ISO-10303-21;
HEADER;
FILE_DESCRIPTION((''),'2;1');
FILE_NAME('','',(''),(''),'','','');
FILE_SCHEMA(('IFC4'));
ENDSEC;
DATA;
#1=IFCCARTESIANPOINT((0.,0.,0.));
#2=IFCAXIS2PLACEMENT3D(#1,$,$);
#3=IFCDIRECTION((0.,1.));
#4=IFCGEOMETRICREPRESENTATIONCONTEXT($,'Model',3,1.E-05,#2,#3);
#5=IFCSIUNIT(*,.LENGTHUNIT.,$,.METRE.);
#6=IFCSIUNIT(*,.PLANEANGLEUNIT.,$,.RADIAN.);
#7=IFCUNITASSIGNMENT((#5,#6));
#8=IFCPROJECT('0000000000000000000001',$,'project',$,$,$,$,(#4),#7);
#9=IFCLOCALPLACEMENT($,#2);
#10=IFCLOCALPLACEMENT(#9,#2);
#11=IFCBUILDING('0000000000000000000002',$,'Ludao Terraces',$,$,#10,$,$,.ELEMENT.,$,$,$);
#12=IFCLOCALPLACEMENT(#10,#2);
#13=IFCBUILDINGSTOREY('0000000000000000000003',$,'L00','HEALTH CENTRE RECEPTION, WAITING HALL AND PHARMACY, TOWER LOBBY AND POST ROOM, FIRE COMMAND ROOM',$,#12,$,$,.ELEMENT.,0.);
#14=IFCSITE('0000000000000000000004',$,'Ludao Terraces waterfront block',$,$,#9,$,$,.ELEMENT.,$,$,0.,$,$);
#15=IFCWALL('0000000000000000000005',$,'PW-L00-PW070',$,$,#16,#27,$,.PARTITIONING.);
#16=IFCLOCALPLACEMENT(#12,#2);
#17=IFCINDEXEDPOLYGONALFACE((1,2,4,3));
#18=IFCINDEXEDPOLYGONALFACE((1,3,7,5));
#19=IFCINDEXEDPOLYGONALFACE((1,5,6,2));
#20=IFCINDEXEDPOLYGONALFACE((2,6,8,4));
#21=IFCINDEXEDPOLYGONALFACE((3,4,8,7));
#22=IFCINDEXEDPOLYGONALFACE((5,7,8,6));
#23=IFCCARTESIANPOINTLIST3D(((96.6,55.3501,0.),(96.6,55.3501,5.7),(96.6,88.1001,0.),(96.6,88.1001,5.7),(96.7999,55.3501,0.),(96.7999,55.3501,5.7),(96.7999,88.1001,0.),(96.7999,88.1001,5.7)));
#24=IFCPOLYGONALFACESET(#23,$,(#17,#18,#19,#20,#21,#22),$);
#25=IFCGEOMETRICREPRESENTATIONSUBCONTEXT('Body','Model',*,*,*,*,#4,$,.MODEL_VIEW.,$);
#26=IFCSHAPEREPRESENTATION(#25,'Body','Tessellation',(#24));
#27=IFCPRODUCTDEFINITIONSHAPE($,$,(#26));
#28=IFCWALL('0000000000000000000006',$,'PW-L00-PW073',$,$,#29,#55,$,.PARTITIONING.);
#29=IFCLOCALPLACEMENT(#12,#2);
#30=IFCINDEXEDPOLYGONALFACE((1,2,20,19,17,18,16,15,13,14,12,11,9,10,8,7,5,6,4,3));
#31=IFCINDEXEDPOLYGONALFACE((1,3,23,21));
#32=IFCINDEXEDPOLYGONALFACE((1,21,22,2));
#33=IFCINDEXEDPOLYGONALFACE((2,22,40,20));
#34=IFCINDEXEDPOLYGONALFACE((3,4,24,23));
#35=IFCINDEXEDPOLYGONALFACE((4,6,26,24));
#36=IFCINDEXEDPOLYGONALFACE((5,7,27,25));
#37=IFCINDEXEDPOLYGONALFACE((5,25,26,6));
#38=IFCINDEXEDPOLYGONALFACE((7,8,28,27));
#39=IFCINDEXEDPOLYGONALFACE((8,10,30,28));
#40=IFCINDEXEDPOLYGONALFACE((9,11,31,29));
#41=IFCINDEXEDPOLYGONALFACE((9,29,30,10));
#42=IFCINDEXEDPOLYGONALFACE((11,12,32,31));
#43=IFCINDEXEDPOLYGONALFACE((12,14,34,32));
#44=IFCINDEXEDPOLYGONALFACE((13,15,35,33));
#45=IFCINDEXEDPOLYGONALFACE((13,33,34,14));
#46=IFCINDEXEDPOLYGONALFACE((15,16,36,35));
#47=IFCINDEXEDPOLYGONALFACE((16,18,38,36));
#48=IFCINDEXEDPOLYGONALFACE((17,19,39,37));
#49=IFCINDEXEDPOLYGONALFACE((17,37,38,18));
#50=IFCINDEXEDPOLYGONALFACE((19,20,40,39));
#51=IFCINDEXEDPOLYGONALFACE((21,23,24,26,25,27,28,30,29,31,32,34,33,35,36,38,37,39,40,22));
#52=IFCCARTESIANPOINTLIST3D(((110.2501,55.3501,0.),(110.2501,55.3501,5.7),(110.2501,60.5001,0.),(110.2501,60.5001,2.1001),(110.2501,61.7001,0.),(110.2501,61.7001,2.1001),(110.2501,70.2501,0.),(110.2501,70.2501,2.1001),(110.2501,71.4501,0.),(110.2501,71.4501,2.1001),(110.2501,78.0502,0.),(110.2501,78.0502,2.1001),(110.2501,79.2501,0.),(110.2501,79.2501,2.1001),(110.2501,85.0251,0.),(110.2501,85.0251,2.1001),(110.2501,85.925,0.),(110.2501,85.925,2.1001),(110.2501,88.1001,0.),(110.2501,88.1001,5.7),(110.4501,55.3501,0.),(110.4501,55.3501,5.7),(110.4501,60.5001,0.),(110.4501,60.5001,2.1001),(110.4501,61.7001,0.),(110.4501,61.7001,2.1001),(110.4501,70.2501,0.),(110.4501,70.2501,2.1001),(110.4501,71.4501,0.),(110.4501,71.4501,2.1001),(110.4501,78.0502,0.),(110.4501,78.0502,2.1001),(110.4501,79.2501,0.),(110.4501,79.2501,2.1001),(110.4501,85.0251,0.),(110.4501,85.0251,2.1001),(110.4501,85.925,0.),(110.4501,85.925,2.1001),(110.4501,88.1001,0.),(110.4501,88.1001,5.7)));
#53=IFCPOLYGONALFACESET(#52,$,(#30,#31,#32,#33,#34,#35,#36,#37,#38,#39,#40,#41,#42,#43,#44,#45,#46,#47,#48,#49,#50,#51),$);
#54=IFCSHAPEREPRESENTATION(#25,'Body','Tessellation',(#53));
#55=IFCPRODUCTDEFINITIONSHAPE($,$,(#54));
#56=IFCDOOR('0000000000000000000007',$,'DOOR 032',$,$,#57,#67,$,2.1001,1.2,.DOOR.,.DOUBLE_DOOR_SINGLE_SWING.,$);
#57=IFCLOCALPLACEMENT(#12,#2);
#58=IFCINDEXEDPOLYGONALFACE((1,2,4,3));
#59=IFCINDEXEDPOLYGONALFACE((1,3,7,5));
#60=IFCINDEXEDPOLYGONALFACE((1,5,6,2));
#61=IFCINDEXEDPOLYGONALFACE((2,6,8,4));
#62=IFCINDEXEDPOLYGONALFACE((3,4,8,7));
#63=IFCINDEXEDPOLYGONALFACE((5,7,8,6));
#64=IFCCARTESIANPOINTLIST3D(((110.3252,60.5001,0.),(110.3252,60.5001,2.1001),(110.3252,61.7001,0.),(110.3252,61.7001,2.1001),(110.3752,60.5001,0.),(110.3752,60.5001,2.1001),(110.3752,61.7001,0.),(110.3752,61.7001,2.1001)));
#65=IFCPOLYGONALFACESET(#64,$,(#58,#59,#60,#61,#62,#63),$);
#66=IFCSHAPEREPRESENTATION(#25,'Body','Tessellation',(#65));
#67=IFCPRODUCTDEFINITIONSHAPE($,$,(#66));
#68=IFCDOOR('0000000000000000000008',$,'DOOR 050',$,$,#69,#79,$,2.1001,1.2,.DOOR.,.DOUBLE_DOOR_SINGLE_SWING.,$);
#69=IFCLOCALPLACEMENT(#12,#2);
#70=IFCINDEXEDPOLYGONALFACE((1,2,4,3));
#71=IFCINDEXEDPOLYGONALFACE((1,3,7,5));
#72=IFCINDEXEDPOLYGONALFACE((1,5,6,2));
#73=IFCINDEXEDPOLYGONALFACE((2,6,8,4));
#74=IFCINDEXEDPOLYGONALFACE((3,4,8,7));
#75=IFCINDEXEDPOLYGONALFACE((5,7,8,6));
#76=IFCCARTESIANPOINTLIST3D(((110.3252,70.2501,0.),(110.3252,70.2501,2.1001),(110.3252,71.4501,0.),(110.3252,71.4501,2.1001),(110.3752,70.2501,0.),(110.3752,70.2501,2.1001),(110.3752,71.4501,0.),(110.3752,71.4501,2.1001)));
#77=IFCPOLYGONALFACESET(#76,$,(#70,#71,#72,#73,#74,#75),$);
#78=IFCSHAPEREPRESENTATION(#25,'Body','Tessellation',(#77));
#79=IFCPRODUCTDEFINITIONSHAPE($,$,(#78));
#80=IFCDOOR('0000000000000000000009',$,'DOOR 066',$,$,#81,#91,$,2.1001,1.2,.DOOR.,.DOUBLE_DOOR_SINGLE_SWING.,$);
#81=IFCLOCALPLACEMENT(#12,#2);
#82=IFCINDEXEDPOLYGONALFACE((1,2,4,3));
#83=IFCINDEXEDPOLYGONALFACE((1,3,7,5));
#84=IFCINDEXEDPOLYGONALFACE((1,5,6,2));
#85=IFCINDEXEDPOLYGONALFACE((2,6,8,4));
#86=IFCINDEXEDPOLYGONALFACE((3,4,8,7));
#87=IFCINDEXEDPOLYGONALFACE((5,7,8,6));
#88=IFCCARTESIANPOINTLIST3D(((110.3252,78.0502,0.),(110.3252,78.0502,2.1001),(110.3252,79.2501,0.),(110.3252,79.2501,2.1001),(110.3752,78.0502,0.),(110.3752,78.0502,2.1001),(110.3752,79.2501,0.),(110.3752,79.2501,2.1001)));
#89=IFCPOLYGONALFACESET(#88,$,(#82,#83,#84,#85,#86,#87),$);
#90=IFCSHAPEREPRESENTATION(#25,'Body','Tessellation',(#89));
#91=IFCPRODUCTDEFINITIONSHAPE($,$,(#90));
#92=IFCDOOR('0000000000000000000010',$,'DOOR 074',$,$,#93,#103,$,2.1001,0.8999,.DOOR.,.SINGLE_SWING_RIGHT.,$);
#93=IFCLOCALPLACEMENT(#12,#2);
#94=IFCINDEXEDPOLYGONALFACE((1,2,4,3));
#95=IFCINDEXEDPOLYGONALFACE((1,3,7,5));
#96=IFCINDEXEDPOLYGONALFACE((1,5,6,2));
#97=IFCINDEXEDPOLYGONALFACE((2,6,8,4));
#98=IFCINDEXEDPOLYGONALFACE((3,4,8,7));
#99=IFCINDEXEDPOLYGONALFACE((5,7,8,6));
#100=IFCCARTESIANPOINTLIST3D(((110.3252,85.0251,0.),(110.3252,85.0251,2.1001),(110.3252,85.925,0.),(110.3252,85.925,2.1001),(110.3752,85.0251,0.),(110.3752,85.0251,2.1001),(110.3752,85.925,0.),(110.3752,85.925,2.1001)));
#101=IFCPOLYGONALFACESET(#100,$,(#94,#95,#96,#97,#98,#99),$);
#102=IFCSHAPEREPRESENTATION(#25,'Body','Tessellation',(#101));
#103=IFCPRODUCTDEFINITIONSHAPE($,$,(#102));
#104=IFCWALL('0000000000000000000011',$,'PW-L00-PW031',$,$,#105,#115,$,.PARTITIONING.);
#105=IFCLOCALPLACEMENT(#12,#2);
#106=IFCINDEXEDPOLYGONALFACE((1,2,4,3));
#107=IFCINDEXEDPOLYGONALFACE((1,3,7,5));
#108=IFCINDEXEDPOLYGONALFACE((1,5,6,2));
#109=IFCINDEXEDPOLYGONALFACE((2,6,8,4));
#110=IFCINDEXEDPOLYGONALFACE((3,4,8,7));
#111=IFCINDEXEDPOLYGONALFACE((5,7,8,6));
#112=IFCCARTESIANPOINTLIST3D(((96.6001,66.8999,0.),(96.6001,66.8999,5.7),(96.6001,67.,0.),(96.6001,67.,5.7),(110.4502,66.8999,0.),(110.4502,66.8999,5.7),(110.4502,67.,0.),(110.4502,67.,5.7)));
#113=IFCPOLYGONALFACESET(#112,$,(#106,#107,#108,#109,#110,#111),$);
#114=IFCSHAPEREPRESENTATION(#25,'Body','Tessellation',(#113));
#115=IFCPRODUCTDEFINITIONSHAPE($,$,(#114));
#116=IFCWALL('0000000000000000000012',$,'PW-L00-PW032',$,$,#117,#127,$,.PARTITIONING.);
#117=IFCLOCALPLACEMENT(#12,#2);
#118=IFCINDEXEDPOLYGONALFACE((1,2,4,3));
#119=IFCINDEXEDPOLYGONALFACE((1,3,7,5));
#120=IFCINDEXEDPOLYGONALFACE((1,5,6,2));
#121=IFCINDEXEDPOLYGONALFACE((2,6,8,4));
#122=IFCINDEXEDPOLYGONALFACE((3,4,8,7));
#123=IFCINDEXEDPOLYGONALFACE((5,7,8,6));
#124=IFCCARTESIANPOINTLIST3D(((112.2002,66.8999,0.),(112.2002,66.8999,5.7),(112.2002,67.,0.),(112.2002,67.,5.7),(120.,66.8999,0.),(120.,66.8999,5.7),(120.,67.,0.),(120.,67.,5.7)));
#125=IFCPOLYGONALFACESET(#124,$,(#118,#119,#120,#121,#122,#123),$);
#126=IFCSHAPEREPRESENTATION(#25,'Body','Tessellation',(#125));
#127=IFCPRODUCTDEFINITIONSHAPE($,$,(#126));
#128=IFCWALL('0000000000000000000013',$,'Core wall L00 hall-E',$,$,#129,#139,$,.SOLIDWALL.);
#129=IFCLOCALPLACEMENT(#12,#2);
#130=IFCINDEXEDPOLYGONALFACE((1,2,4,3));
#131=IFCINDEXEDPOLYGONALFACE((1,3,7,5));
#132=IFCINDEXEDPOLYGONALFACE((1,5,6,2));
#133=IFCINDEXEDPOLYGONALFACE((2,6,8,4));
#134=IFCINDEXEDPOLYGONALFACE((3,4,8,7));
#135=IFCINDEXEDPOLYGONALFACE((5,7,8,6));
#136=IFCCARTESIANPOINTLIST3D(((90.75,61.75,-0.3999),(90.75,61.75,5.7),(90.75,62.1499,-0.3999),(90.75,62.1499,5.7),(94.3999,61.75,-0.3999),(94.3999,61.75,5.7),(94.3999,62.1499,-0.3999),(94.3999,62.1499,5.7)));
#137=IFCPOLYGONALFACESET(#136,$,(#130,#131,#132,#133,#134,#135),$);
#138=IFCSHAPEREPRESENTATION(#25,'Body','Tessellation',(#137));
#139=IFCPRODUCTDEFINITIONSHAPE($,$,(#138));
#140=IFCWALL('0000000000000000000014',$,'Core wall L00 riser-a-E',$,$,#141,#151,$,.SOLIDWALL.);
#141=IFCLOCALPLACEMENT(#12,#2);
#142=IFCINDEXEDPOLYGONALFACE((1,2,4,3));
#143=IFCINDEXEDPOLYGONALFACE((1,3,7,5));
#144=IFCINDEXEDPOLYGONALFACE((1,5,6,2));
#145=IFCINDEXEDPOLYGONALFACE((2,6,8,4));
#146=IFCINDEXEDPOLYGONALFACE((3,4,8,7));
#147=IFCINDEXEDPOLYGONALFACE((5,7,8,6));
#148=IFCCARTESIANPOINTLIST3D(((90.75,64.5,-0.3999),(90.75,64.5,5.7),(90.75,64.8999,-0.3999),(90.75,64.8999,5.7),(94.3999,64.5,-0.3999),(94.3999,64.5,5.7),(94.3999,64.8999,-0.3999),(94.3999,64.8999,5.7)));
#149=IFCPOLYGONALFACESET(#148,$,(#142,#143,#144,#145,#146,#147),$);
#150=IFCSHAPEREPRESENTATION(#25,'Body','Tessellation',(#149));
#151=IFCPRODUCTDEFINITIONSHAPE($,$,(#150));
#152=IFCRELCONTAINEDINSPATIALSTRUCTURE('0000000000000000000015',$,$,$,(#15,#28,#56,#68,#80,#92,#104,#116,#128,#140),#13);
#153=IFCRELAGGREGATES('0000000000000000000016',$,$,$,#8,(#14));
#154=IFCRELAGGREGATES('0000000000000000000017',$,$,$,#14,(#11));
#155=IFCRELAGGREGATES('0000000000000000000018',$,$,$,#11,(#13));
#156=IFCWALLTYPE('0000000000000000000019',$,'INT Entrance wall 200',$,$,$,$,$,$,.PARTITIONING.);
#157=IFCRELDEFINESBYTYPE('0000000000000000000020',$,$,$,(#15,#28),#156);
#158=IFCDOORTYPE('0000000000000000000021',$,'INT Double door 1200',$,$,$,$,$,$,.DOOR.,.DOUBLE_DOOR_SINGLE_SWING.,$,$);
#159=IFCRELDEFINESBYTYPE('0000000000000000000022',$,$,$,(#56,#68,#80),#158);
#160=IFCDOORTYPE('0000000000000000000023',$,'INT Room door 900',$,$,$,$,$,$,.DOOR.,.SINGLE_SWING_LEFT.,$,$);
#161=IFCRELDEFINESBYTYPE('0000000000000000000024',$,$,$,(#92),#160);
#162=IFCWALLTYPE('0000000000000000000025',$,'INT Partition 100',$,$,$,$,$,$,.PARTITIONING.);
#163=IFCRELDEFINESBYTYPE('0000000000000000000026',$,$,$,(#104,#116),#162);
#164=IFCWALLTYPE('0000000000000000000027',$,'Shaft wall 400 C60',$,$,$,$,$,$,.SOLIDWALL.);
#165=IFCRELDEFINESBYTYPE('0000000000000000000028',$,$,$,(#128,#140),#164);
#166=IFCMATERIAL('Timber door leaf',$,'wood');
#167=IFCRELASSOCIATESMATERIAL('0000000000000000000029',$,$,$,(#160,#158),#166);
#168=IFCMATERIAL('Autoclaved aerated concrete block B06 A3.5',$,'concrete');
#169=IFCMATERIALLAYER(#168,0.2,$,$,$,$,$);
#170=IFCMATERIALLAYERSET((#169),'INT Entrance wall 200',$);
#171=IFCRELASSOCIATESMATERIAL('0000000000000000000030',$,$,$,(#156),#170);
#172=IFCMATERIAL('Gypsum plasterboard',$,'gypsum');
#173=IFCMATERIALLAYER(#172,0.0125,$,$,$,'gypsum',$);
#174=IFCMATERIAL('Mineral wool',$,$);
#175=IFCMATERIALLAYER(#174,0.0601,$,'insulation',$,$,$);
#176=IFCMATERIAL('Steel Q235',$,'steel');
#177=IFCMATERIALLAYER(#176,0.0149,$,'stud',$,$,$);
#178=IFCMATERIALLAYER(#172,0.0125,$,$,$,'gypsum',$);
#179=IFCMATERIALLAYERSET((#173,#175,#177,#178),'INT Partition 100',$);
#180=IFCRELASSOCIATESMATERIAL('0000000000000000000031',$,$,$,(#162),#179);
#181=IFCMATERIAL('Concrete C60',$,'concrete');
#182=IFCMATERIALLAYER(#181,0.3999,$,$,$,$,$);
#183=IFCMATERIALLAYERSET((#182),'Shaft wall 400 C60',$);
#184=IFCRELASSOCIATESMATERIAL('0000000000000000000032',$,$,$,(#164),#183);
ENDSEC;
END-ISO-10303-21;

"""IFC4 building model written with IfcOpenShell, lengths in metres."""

from ifc_helpers import new_model, si_unit, direction, frame, frame_2d, origin, place, context, subcontext, project, spatial, rectangle, extrude, material, layer, layer_set, type_object, element, fill, save


model = new_model("IFC4")

# Units and contexts
model_context = context("Model", 3, precision=1e-05, world=origin(), true_north=direction((0.0, 1.0)))
body_context = subcontext(model_context, "Body", "Model", "MODEL_VIEW")
ifc_project = project(units=[si_unit("LENGTHUNIT", "METRE"), si_unit("PLANEANGLEUNIT", "RADIAN")], contexts=[model_context])

# Site, building, storey
site_placement = place(None, origin())
site = spatial("IfcSite", under=ifc_project, at=site_placement, Name="Ludao Terraces waterfront block", CompositionType="ELEMENT", RefElevation=0.0)
building_placement = place(site_placement, origin())
building = spatial("IfcBuilding", under=site, at=building_placement, Name="Ludao Terraces", CompositionType="ELEMENT")
storey_placement = place(building_placement, origin())
storey = spatial("IfcBuildingStorey", under=building, at=storey_placement, Name="L00", Description="HEALTH CENTRE RECEPTION, WAITING HALL AND PHARMACY, TOWER LOBBY AND POST ROOM, FIRE COMMAND ROOM", CompositionType="ELEMENT", Elevation=0.0)

# Shared definitions
ifc_material_1 = material(Name="Concrete C60", Category="concrete")

# Shared definitions
ifc_material_2 = material(Name="Steel Q235", Category="steel")

# Shared definitions
ifc_material_3 = material(Name="Timber door leaf", Category="wood")
door_type_1 = type_object("IfcDoorType", Name="INT Room door 900", OperationType="SINGLE_SWING_LEFT", PredefinedType="DOOR", material=ifc_material_3)

# Wall
ifc_material_4 = material(Name="Autoclaved aerated concrete block B06 A3.5", Category="concrete")
ifc_layer_1 = layer(ifc_material_4, 0.2)
ifc_layer_set_1 = layer_set([ifc_layer_1], Name="INT Entrance wall 200")
wall_type_1 = type_object("IfcWallType", Name="INT Entrance wall 200", PredefinedType="PARTITIONING", material=ifc_layer_set_1)
wall_1_placement = place(storey_placement, frame((96.7, 55.3501, 0.0), z_axis=(0.0, 0.0, 1.0), x_axis=(0.0, 1.0, 0.0)))
element("IfcWall", 1, at=wall_1_placement, inside=storey, type_object=wall_type_1, Name="PW-L00-PW070", PredefinedType="PARTITIONING", context=body_context, shape_type="SweptSolid", body=[
    extrude(rectangle(XDim=32.75, YDim=0.2, at=frame_2d((16.375, 0.0))), origin(), (0.0, 0.0, 1.0), 5.7),
])

# Wall, openings, doors
wall_2_placement = place(storey_placement, frame((110.3501, 55.3501, 0.0), z_axis=(0.0, 0.0, 1.0), x_axis=(0.0, 1.0, 0.0)))
wall_2 = element("IfcWall", 2, at=wall_2_placement, inside=storey, type_object=wall_type_1, Name="PW-L00-PW073", PredefinedType="PARTITIONING", context=body_context, shape_type="SweptSolid", body=[
    extrude(rectangle(XDim=32.75, YDim=0.2, at=frame_2d((16.375, 0.0))), origin(), (0.0, 0.0, 1.0), 5.7),
])
opening_1_placement = place(wall_2_placement, frame((5.1499, 0.0, 0.0)))
opening_1 = element("IfcOpeningElement", 3, at=opening_1_placement, cuts=wall_2, PredefinedType="OPENING", context=body_context, shape_type="SweptSolid", body=[
    extrude(rectangle(XDim=1.2, YDim=2.1001, at=frame_2d((0.6001, 1.05))), frame((0.0, 0.1099, 0.0), z_axis=(0.0, -1.0, 0.0), x_axis=(1.0, 0.0, 0.0)), (0.0, 0.0, 1.0), 0.22),
])
opening_2_placement = place(wall_2_placement, frame((14.8999, 0.0, 0.0)))
opening_2 = element("IfcOpeningElement", 4, at=opening_2_placement, cuts=wall_2, PredefinedType="OPENING", context=body_context, shape_type="SweptSolid", body=[
    extrude(rectangle(XDim=1.2, YDim=2.1001, at=frame_2d((0.6001, 1.05))), frame((0.0, 0.1099, 0.0), z_axis=(0.0, -1.0, 0.0), x_axis=(1.0, 0.0, 0.0)), (0.0, 0.0, 1.0), 0.22),
])
opening_3_placement = place(wall_2_placement, frame((22.7, 0.0, 0.0)))
opening_3 = element("IfcOpeningElement", 5, at=opening_3_placement, cuts=wall_2, PredefinedType="OPENING", context=body_context, shape_type="SweptSolid", body=[
    extrude(rectangle(XDim=1.2, YDim=2.1001, at=frame_2d((0.6001, 1.05))), frame((0.0, 0.1099, 0.0), z_axis=(0.0, -1.0, 0.0), x_axis=(1.0, 0.0, 0.0)), (0.0, 0.0, 1.0), 0.22),
])
opening_4_placement = place(wall_2_placement, frame((29.675, 0.0, 0.0)))
opening_4 = element("IfcOpeningElement", 6, at=opening_4_placement, cuts=wall_2, PredefinedType="OPENING", context=body_context, shape_type="SweptSolid", body=[
    extrude(rectangle(XDim=0.8999, YDim=2.1001, at=frame_2d((0.45, 1.05))), frame((0.0, 0.1099, 0.0), z_axis=(0.0, -1.0, 0.0), x_axis=(1.0, 0.0, 0.0)), (0.0, 0.0, 1.0), 0.22),
])
door_type_2 = type_object("IfcDoorType", Name="INT Double door 1200", OperationType="DOUBLE_DOOR_SINGLE_SWING", PredefinedType="DOOR", material=ifc_material_3)
door_1_placement = place(opening_1_placement, origin())
door_1 = element("IfcDoor", 7, at=door_1_placement, inside=storey, type_object=door_type_2, Name="DOOR 032", OperationType="DOUBLE_DOOR_SINGLE_SWING", OverallHeight=2.1001, OverallWidth=1.2, PredefinedType="DOOR", context=body_context, shape_type="SweptSolid", body=[
    extrude(rectangle(XDim=1.2, YDim=2.1001, at=frame_2d((0.6001, 1.05))), frame((0.0, 0.0249, 0.0), z_axis=(0.0, -1.0, 0.0), x_axis=(1.0, 0.0, 0.0)), (0.0, 0.0, 1.0), 0.05),
])
fill(opening_1, door_1)
door_2_placement = place(opening_2_placement, origin())
door_2 = element("IfcDoor", 8, at=door_2_placement, inside=storey, type_object=door_type_2, Name="DOOR 050", OperationType="DOUBLE_DOOR_SINGLE_SWING", OverallHeight=2.1001, OverallWidth=1.2, PredefinedType="DOOR", context=body_context, shape_type="SweptSolid", body=[
    extrude(rectangle(XDim=1.2, YDim=2.1001, at=frame_2d((0.6001, 1.05))), frame((0.0, 0.0249, 0.0), z_axis=(0.0, -1.0, 0.0), x_axis=(1.0, 0.0, 0.0)), (0.0, 0.0, 1.0), 0.05),
])
fill(opening_2, door_2)
door_3_placement = place(opening_3_placement, origin())
door_3 = element("IfcDoor", 9, at=door_3_placement, inside=storey, type_object=door_type_2, Name="DOOR 066", OperationType="DOUBLE_DOOR_SINGLE_SWING", OverallHeight=2.1001, OverallWidth=1.2, PredefinedType="DOOR", context=body_context, shape_type="SweptSolid", body=[
    extrude(rectangle(XDim=1.2, YDim=2.1001, at=frame_2d((0.6001, 1.05))), frame((0.0, 0.0249, 0.0), z_axis=(0.0, -1.0, 0.0), x_axis=(1.0, 0.0, 0.0)), (0.0, 0.0, 1.0), 0.05),
])
fill(opening_3, door_3)
door_4_placement = place(opening_4_placement, origin())
door_4 = element("IfcDoor", 10, at=door_4_placement, inside=storey, type_object=door_type_1, Name="DOOR 074", OperationType="SINGLE_SWING_RIGHT", OverallHeight=2.1001, OverallWidth=0.8999, PredefinedType="DOOR", context=body_context, shape_type="SweptSolid", body=[
    extrude(rectangle(XDim=0.8999, YDim=2.1001, at=frame_2d((0.45, 1.05))), frame((0.0, 0.0249, 0.0), z_axis=(0.0, -1.0, 0.0), x_axis=(1.0, 0.0, 0.0)), (0.0, 0.0, 1.0), 0.05),
])
fill(opening_4, door_4)

# Walls
ifc_material_5 = material(Name="Gypsum plasterboard", Category="gypsum")
ifc_layer_2 = layer(ifc_material_5, 0.0125, Category="gypsum")
ifc_material_6 = material(Name="Mineral wool")
ifc_layer_3 = layer(ifc_material_6, 0.0601, Name="insulation")
ifc_layer_4 = layer(ifc_material_2, 0.0149, Name="stud")
ifc_layer_5 = layer(ifc_material_5, 0.0125, Category="gypsum")
ifc_layer_set_2 = layer_set([ifc_layer_2, ifc_layer_3, ifc_layer_4, ifc_layer_5], Name="INT Partition 100")
wall_type_2 = type_object("IfcWallType", Name="INT Partition 100", PredefinedType="PARTITIONING", material=ifc_layer_set_2)
wall_3_placement = place(storey_placement, frame((96.6001, 66.95, 0.0), z_axis=(0.0, 0.0, 1.0), x_axis=(1.0, 0.0, 0.0)))
element("IfcWall", 11, at=wall_3_placement, inside=storey, type_object=wall_type_2, Name="PW-L00-PW031", PredefinedType="PARTITIONING", context=body_context, shape_type="SweptSolid", body=[
    extrude(rectangle(XDim=13.8501, YDim=0.1001, at=frame_2d((6.925, 0.0))), origin(), (0.0, 0.0, 1.0), 5.7),
])
wall_4_placement = place(storey_placement, frame((112.2002, 66.95, 0.0), z_axis=(0.0, 0.0, 1.0), x_axis=(1.0, 0.0, 0.0)))
element("IfcWall", 12, at=wall_4_placement, inside=storey, type_object=wall_type_2, Name="PW-L00-PW032", PredefinedType="PARTITIONING", context=body_context, shape_type="SweptSolid", body=[
    extrude(rectangle(XDim=7.7998, YDim=0.1001, at=frame_2d((3.8999, 0.0))), origin(), (0.0, 0.0, 1.0), 5.7),
])
ifc_layer_6 = layer(ifc_material_1, 0.3999)
ifc_layer_set_3 = layer_set([ifc_layer_6], Name="Shaft wall 400 C60")
wall_type_3 = type_object("IfcWallType", Name="Shaft wall 400 C60", PredefinedType="SOLIDWALL", material=ifc_layer_set_3)
for number, where, z_axis, x_axis, name in (
    (13, (90.75, 61.95, -0.3999), (0.0, 0.0, 1.0), (1.0, 0.0, 0.0), "Core wall L00 hall-E"),
    (14, (90.75, 64.7, -0.3999), (0.0, 0.0, 1.0), (1.0, 0.0, 0.0), "Core wall L00 riser-a-E"),
):
    element("IfcWall", number, at=place(storey_placement, frame(where, z_axis=z_axis, x_axis=x_axis)), inside=storey, type_object=wall_type_3, Name=name, PredefinedType="SOLIDWALL", context=body_context, shape_type="SweptSolid", body=[
        extrude(rectangle(XDim=3.6499, YDim=0.3999, at=frame_2d((1.825, 0.0))), origin(), (0.0, 0.0, 1.0), 6.0999),
    ])

save(model, "model.ifc")
